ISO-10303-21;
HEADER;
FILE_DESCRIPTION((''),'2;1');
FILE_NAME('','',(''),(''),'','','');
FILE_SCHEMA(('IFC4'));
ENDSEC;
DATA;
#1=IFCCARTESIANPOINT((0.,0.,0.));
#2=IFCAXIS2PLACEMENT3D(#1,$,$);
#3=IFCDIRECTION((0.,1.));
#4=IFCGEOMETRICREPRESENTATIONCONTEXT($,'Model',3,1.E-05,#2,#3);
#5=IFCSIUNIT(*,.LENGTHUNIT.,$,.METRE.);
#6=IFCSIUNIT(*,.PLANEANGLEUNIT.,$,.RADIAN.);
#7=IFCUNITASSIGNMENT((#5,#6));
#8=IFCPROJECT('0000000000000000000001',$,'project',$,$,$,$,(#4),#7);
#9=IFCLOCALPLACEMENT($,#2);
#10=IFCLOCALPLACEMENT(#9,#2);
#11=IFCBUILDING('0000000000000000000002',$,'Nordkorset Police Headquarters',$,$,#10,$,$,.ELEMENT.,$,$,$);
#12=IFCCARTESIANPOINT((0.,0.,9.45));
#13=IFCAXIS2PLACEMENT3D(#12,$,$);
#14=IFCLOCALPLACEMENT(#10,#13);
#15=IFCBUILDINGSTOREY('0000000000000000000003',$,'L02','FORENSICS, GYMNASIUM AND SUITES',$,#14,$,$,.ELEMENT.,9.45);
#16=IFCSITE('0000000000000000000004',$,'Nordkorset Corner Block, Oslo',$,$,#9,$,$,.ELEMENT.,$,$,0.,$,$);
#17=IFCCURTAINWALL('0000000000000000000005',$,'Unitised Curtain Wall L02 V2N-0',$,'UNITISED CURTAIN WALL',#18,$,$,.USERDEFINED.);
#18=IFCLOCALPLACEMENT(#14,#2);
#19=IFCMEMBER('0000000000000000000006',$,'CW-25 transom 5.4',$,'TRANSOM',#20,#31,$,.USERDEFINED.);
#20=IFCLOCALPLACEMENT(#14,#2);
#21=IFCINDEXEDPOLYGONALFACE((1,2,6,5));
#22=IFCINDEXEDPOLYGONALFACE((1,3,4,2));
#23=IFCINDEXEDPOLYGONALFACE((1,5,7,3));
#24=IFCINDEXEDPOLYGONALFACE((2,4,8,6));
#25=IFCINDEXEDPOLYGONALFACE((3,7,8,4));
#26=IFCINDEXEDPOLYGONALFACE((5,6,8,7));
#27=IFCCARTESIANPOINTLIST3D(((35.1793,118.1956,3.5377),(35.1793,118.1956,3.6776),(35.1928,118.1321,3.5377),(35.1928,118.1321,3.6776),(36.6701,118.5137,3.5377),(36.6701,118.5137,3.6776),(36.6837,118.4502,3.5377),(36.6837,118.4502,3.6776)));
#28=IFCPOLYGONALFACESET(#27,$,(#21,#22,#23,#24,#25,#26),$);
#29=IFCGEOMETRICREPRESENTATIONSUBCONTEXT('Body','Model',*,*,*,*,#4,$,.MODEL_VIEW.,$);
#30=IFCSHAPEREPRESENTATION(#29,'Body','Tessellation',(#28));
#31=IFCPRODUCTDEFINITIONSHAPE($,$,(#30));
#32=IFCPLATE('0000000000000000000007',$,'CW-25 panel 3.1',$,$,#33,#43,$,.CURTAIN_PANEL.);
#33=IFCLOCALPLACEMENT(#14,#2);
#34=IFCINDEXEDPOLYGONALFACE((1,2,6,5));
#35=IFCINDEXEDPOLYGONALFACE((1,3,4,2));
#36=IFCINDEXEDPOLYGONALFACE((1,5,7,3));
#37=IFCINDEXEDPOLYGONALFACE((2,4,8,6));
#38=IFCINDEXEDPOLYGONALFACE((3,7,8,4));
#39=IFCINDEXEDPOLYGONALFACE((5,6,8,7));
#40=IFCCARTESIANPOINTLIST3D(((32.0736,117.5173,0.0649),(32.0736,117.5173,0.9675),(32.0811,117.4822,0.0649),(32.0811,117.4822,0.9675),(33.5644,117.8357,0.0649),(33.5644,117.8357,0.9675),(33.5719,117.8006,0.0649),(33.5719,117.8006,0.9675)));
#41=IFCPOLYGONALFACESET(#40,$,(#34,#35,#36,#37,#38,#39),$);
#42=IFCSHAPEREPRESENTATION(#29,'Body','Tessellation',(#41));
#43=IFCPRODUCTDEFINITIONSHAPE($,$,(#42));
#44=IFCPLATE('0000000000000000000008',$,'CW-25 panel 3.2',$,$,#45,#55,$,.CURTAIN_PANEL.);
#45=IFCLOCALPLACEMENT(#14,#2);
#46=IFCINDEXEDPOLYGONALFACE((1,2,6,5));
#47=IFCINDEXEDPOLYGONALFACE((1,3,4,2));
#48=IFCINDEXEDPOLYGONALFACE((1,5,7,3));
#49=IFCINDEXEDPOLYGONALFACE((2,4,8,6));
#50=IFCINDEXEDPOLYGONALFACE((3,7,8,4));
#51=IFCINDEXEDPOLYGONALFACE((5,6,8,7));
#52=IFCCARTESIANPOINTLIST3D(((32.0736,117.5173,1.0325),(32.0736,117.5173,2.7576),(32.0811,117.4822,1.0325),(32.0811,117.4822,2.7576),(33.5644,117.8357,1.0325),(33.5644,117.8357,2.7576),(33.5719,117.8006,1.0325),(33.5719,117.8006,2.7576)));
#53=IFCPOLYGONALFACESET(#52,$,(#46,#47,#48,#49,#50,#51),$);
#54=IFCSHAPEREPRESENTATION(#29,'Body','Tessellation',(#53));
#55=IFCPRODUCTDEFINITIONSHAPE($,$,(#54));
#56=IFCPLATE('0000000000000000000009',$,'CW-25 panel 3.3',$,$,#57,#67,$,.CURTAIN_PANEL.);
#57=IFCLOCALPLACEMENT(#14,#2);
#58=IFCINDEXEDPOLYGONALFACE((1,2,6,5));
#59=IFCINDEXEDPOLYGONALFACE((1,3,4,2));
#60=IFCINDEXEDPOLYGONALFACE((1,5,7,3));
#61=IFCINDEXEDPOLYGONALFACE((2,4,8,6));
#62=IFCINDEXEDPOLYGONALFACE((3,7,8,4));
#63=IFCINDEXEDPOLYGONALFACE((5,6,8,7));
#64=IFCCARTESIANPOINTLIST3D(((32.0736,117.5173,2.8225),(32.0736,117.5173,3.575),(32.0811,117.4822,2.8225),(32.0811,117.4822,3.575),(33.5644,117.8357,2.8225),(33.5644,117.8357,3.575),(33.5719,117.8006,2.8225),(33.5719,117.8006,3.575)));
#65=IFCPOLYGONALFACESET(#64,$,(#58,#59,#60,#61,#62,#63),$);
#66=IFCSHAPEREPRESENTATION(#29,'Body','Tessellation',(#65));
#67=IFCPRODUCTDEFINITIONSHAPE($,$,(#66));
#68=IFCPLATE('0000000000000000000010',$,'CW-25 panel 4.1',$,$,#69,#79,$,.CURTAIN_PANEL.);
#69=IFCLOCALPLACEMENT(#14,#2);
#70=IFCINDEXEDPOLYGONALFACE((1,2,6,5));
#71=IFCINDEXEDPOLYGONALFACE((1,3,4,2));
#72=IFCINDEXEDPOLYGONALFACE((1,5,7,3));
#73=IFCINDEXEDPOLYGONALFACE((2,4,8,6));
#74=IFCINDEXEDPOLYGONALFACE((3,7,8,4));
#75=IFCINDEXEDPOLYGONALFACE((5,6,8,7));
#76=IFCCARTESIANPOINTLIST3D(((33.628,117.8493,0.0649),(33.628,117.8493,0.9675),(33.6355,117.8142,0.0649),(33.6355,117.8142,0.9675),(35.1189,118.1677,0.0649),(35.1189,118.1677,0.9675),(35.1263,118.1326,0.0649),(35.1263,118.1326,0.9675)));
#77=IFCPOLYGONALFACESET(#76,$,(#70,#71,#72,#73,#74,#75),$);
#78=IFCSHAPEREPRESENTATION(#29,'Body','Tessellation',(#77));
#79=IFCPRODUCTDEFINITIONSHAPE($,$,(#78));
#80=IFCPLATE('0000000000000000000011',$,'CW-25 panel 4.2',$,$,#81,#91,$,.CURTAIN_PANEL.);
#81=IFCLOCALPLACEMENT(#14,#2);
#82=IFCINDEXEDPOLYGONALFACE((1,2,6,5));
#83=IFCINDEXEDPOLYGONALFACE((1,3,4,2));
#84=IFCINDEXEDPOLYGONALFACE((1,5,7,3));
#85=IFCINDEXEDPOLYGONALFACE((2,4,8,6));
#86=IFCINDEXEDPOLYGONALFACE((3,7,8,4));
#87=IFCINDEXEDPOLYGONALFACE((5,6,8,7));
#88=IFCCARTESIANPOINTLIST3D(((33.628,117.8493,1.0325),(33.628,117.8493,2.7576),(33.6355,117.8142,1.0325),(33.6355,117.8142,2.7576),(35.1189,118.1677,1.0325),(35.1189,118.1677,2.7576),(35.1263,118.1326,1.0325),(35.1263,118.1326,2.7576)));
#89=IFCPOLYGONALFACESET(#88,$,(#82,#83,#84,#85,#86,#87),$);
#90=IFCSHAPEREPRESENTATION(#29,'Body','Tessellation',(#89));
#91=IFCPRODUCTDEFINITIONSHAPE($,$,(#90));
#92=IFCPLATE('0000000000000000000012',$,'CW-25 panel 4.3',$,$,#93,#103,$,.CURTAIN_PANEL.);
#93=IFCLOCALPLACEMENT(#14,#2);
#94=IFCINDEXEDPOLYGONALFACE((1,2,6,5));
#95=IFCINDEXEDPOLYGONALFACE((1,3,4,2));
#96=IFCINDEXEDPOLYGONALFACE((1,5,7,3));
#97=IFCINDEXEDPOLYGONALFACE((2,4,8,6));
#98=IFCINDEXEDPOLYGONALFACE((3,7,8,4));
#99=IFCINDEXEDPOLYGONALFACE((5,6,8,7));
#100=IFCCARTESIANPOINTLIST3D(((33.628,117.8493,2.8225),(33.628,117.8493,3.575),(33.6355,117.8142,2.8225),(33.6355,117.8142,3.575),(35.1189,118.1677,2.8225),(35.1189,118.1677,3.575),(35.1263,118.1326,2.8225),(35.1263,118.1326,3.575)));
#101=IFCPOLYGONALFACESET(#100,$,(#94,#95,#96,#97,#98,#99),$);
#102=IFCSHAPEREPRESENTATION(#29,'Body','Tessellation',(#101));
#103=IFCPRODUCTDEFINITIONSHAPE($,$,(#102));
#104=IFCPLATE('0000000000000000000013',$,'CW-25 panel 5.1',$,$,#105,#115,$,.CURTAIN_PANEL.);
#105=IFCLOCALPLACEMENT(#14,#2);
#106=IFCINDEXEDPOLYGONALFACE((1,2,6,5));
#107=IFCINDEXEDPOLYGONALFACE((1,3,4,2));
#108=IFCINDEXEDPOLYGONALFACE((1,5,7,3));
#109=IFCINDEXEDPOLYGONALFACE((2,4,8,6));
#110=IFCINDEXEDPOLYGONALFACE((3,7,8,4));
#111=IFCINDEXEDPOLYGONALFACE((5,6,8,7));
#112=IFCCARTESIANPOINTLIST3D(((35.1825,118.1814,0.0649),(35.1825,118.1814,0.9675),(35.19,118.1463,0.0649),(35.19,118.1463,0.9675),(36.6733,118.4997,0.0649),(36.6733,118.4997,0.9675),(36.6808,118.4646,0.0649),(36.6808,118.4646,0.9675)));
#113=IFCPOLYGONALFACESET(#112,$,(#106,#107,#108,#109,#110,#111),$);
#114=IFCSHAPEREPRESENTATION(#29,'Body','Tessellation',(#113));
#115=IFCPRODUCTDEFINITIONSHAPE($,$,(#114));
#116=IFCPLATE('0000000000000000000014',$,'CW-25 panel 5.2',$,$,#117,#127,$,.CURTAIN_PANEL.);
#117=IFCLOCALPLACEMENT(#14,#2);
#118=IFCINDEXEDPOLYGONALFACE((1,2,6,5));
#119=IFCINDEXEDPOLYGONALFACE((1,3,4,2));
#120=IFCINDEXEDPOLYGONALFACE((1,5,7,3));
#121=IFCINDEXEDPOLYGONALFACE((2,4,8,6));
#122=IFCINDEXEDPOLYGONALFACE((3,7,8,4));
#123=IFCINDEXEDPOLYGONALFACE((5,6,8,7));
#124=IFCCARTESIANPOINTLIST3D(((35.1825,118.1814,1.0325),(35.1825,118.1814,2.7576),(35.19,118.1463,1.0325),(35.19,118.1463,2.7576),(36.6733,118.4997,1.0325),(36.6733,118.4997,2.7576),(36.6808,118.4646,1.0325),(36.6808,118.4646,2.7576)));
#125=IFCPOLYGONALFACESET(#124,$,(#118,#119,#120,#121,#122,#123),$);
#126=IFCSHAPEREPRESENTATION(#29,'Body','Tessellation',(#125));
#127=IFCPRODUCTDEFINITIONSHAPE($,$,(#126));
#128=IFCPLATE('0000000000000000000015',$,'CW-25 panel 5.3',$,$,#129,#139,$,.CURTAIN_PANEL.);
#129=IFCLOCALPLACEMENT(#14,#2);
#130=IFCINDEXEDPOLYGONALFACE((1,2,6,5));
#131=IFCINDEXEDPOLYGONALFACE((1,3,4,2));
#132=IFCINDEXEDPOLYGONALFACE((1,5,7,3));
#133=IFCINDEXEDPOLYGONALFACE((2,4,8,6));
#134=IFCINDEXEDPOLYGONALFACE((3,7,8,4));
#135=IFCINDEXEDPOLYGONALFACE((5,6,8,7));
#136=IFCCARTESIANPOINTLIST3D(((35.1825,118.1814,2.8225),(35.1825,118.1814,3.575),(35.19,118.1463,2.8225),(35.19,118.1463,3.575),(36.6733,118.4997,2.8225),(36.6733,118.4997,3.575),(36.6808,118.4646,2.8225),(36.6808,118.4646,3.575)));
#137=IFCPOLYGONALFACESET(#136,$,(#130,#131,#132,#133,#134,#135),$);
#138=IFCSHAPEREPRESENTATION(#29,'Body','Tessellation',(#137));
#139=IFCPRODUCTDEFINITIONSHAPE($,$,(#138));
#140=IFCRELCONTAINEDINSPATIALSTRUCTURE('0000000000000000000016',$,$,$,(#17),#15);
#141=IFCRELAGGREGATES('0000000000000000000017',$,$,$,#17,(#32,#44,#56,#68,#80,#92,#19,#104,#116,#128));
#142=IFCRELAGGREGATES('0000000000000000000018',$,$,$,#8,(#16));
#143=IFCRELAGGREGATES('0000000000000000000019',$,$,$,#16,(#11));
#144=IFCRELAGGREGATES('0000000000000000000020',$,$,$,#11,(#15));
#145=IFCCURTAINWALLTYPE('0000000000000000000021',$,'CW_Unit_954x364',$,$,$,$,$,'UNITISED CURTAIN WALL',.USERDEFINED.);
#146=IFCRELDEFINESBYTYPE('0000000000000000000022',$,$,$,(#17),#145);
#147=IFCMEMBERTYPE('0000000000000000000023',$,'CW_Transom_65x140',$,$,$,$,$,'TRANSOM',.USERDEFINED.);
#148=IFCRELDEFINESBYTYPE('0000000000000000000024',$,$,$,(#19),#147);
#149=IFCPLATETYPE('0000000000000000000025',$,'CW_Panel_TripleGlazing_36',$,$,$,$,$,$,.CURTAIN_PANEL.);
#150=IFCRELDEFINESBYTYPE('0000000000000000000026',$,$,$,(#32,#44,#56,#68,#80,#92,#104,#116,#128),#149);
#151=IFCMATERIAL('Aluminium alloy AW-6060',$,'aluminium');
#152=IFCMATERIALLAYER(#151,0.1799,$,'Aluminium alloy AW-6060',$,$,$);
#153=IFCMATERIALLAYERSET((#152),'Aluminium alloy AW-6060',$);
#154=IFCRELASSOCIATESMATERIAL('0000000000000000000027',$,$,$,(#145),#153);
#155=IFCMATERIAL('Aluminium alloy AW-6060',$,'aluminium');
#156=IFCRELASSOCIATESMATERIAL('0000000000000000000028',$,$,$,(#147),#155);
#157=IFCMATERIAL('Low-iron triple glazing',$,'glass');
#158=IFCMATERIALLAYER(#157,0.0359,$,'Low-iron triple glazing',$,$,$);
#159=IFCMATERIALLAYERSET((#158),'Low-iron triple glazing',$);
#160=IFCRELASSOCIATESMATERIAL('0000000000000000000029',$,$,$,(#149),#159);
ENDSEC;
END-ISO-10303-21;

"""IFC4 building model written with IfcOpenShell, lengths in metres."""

from ifc_helpers import new_model, si_unit, direction, frame, origin, origin_2d, place, context, subcontext, project, spatial, rectangle, extrude, material, layer, layer_set, material_profile, profile_set, type_object, element, aggregate, save


model = new_model("IFC4")

# Units and contexts
model_context = context("Model", 3, precision=1e-05, world=origin(), true_north=direction((0.0, 1.0)))
body_context = subcontext(model_context, "Body", "Model", "MODEL_VIEW")
ifc_project = project(units=[si_unit("LENGTHUNIT", "METRE"), si_unit("PLANEANGLEUNIT", "RADIAN")], contexts=[model_context])

# Site, building, storey
site_placement = place(None, origin())
site = spatial("IfcSite", under=ifc_project, at=site_placement, Name="Nordkorset Corner Block, Oslo", CompositionType="ELEMENT", RefElevation=0.0)
building_placement = place(site_placement, origin())
building = spatial("IfcBuilding", under=site, at=building_placement, Name="Nordkorset Police Headquarters", CompositionType="ELEMENT")
storey_placement = place(building_placement, frame((0.0, 0.0, 9.45)))
storey = spatial("IfcBuildingStorey", under=building, at=storey_placement, Name="L02", Description="FORENSICS, GYMNASIUM AND SUITES", CompositionType="ELEMENT", Elevation=9.45)

# Curtain wall, member, plates
ifc_material_1 = material(Name="Aluminium alloy AW-6060", Category="aluminium")
ifc_layer_1 = layer(ifc_material_1, 0.1799, Name="Aluminium alloy AW-6060")
ifc_layer_set_1 = layer_set([ifc_layer_1], Name="Aluminium alloy AW-6060")
curtain_wall_type = type_object("IfcCurtainWallType", Name="CW_Unit_954x364", ElementType="UNITISED CURTAIN WALL", PredefinedType="USERDEFINED", material=ifc_layer_set_1)
curtain_wall_placement = place(storey_placement, origin())
curtain_wall = element("IfcCurtainWall", 1, at=curtain_wall_placement, inside=storey, type_object=curtain_wall_type, Name="Unitised Curtain Wall L02 V2N-0", ObjectType="UNITISED CURTAIN WALL", PredefinedType="USERDEFINED")
ifc_material_2 = material(Name="Aluminium alloy AW-6060", Category="aluminium")
ifc_material_profile_1 = material_profile(ifc_material_2, rectangle(XDim=0.0649, YDim=0.1399, at=origin_2d()), Name="ALU TRAN 65x140")
ifc_profile_set_1 = profile_set([ifc_material_profile_1], Name="Aluminium alloy AW-6060")
member_type_1 = type_object("IfcMemberType", Name="CW_Transom_65x140", ElementType="TRANSOM", PredefinedType="USERDEFINED", material=ifc_profile_set_1)
member_1_placement = place(storey_placement, frame((35.186, 118.1638, 3.6077), z_axis=(0.977987, 0.208665, 0.0), x_axis=(-0.208665, 0.977987, 0.0)))
member_1 = element("IfcMember", 2, at=member_1_placement, type_object=member_type_1, Name="CW-25 transom 5.4", ObjectType="TRANSOM", PredefinedType="USERDEFINED", context=body_context, shape_type="SweptSolid", body=[
    extrude(rectangle(XDim=0.0649, YDim=0.1399, at=origin_2d()), origin(), (0.0, 0.0, 1.0), 1.5244),
])
ifc_material_3 = material(Name="Low-iron triple glazing", Category="glass")
ifc_layer_2 = layer(ifc_material_3, 0.0359, Name="Low-iron triple glazing")
ifc_layer_set_2 = layer_set([ifc_layer_2], Name="Low-iron triple glazing")
plate_type = type_object("IfcPlateType", Name="CW_Panel_TripleGlazing_36", PredefinedType="CURTAIN_PANEL", material=ifc_layer_set_2)
plate_1_placement = place(storey_placement, frame((32.8228, 117.6589, 0.0649), z_axis=(0.0, 0.0, 1.0), x_axis=(0.977951, 0.208833, 0.0)))
plate_1 = element("IfcPlate", 3, at=plate_1_placement, type_object=plate_type, Name="CW-25 panel 3.1", PredefinedType="CURTAIN_PANEL", context=body_context, shape_type="SweptSolid", body=[
    extrude(rectangle(XDim=1.5244, YDim=0.0359, at=origin_2d()), origin(), (0.0, 0.0, 1.0), 0.9026),
])
plate_2_placement = place(storey_placement, frame((32.8228, 117.6589, 1.0325), z_axis=(0.0, 0.0, 1.0), x_axis=(0.977951, 0.208833, 0.0)))
plate_2 = element("IfcPlate", 4, at=plate_2_placement, type_object=plate_type, Name="CW-25 panel 3.2", PredefinedType="CURTAIN_PANEL", context=body_context, shape_type="SweptSolid", body=[
    extrude(rectangle(XDim=1.5244, YDim=0.0359, at=origin_2d()), origin(), (0.0, 0.0, 1.0), 1.7251),
])
plate_3_placement = place(storey_placement, frame((32.8228, 117.6589, 2.8225), z_axis=(0.0, 0.0, 1.0), x_axis=(0.977951, 0.208833, 0.0)))
plate_3 = element("IfcPlate", 5, at=plate_3_placement, type_object=plate_type, Name="CW-25 panel 3.3", PredefinedType="CURTAIN_PANEL", context=body_context, shape_type="SweptSolid", body=[
    extrude(rectangle(XDim=1.5244, YDim=0.0359, at=origin_2d()), origin(), (0.0, 0.0, 1.0), 0.7524),
])
plate_4_placement = place(storey_placement, frame((34.3772, 117.991, 0.0649), z_axis=(0.0, 0.0, 1.0), x_axis=(0.977951, 0.208833, 0.0)))
plate_4 = element("IfcPlate", 6, at=plate_4_placement, type_object=plate_type, Name="CW-25 panel 4.1", PredefinedType="CURTAIN_PANEL", context=body_context, shape_type="SweptSolid", body=[
    extrude(rectangle(XDim=1.5244, YDim=0.0359, at=origin_2d()), origin(), (0.0, 0.0, 1.0), 0.9026),
])
plate_5_placement = place(storey_placement, frame((34.3772, 117.991, 1.0325), z_axis=(0.0, 0.0, 1.0), x_axis=(0.977951, 0.208833, 0.0)))
plate_5 = element("IfcPlate", 7, at=plate_5_placement, type_object=plate_type, Name="CW-25 panel 4.2", PredefinedType="CURTAIN_PANEL", context=body_context, shape_type="SweptSolid", body=[
    extrude(rectangle(XDim=1.5244, YDim=0.0359, at=origin_2d()), origin(), (0.0, 0.0, 1.0), 1.7251),
])
plate_6_placement = place(storey_placement, frame((34.3772, 117.991, 2.8225), z_axis=(0.0, 0.0, 1.0), x_axis=(0.977951, 0.208833, 0.0)))
plate_6 = element("IfcPlate", 8, at=plate_6_placement, type_object=plate_type, Name="CW-25 panel 4.3", PredefinedType="CURTAIN_PANEL", context=body_context, shape_type="SweptSolid", body=[
    extrude(rectangle(XDim=1.5244, YDim=0.0359, at=origin_2d()), origin(), (0.0, 0.0, 1.0), 0.7524),
])
plate_7_placement = place(storey_placement, frame((35.9316, 118.323, 0.0649), z_axis=(0.0, 0.0, 1.0), x_axis=(0.977951, 0.208833, 0.0)))
plate_7 = element("IfcPlate", 9, at=plate_7_placement, type_object=plate_type, Name="CW-25 panel 5.1", PredefinedType="CURTAIN_PANEL", context=body_context, shape_type="SweptSolid", body=[
    extrude(rectangle(XDim=1.5244, YDim=0.0359, at=origin_2d()), origin(), (0.0, 0.0, 1.0), 0.9026),
])
plate_8_placement = place(storey_placement, frame((35.9316, 118.323, 1.0325), z_axis=(0.0, 0.0, 1.0), x_axis=(0.977951, 0.208833, 0.0)))
plate_8 = element("IfcPlate", 10, at=plate_8_placement, type_object=plate_type, Name="CW-25 panel 5.2", PredefinedType="CURTAIN_PANEL", context=body_context, shape_type="SweptSolid", body=[
    extrude(rectangle(XDim=1.5244, YDim=0.0359, at=origin_2d()), origin(), (0.0, 0.0, 1.0), 1.7251),
])
plate_9_placement = place(storey_placement, frame((35.9316, 118.323, 2.8225), z_axis=(0.0, 0.0, 1.0), x_axis=(0.977951, 0.208833, 0.0)))
plate_9 = element("IfcPlate", 11, at=plate_9_placement, type_object=plate_type, Name="CW-25 panel 5.3", PredefinedType="CURTAIN_PANEL", context=body_context, shape_type="SweptSolid", body=[
    extrude(rectangle(XDim=1.5244, YDim=0.0359, at=origin_2d()), origin(), (0.0, 0.0, 1.0), 0.7524),
])
aggregate(curtain_wall, [plate_1, plate_2, plate_3, plate_4, plate_5, plate_6, member_1, plate_7, plate_8, plate_9])

save(model, "model.ifc")
